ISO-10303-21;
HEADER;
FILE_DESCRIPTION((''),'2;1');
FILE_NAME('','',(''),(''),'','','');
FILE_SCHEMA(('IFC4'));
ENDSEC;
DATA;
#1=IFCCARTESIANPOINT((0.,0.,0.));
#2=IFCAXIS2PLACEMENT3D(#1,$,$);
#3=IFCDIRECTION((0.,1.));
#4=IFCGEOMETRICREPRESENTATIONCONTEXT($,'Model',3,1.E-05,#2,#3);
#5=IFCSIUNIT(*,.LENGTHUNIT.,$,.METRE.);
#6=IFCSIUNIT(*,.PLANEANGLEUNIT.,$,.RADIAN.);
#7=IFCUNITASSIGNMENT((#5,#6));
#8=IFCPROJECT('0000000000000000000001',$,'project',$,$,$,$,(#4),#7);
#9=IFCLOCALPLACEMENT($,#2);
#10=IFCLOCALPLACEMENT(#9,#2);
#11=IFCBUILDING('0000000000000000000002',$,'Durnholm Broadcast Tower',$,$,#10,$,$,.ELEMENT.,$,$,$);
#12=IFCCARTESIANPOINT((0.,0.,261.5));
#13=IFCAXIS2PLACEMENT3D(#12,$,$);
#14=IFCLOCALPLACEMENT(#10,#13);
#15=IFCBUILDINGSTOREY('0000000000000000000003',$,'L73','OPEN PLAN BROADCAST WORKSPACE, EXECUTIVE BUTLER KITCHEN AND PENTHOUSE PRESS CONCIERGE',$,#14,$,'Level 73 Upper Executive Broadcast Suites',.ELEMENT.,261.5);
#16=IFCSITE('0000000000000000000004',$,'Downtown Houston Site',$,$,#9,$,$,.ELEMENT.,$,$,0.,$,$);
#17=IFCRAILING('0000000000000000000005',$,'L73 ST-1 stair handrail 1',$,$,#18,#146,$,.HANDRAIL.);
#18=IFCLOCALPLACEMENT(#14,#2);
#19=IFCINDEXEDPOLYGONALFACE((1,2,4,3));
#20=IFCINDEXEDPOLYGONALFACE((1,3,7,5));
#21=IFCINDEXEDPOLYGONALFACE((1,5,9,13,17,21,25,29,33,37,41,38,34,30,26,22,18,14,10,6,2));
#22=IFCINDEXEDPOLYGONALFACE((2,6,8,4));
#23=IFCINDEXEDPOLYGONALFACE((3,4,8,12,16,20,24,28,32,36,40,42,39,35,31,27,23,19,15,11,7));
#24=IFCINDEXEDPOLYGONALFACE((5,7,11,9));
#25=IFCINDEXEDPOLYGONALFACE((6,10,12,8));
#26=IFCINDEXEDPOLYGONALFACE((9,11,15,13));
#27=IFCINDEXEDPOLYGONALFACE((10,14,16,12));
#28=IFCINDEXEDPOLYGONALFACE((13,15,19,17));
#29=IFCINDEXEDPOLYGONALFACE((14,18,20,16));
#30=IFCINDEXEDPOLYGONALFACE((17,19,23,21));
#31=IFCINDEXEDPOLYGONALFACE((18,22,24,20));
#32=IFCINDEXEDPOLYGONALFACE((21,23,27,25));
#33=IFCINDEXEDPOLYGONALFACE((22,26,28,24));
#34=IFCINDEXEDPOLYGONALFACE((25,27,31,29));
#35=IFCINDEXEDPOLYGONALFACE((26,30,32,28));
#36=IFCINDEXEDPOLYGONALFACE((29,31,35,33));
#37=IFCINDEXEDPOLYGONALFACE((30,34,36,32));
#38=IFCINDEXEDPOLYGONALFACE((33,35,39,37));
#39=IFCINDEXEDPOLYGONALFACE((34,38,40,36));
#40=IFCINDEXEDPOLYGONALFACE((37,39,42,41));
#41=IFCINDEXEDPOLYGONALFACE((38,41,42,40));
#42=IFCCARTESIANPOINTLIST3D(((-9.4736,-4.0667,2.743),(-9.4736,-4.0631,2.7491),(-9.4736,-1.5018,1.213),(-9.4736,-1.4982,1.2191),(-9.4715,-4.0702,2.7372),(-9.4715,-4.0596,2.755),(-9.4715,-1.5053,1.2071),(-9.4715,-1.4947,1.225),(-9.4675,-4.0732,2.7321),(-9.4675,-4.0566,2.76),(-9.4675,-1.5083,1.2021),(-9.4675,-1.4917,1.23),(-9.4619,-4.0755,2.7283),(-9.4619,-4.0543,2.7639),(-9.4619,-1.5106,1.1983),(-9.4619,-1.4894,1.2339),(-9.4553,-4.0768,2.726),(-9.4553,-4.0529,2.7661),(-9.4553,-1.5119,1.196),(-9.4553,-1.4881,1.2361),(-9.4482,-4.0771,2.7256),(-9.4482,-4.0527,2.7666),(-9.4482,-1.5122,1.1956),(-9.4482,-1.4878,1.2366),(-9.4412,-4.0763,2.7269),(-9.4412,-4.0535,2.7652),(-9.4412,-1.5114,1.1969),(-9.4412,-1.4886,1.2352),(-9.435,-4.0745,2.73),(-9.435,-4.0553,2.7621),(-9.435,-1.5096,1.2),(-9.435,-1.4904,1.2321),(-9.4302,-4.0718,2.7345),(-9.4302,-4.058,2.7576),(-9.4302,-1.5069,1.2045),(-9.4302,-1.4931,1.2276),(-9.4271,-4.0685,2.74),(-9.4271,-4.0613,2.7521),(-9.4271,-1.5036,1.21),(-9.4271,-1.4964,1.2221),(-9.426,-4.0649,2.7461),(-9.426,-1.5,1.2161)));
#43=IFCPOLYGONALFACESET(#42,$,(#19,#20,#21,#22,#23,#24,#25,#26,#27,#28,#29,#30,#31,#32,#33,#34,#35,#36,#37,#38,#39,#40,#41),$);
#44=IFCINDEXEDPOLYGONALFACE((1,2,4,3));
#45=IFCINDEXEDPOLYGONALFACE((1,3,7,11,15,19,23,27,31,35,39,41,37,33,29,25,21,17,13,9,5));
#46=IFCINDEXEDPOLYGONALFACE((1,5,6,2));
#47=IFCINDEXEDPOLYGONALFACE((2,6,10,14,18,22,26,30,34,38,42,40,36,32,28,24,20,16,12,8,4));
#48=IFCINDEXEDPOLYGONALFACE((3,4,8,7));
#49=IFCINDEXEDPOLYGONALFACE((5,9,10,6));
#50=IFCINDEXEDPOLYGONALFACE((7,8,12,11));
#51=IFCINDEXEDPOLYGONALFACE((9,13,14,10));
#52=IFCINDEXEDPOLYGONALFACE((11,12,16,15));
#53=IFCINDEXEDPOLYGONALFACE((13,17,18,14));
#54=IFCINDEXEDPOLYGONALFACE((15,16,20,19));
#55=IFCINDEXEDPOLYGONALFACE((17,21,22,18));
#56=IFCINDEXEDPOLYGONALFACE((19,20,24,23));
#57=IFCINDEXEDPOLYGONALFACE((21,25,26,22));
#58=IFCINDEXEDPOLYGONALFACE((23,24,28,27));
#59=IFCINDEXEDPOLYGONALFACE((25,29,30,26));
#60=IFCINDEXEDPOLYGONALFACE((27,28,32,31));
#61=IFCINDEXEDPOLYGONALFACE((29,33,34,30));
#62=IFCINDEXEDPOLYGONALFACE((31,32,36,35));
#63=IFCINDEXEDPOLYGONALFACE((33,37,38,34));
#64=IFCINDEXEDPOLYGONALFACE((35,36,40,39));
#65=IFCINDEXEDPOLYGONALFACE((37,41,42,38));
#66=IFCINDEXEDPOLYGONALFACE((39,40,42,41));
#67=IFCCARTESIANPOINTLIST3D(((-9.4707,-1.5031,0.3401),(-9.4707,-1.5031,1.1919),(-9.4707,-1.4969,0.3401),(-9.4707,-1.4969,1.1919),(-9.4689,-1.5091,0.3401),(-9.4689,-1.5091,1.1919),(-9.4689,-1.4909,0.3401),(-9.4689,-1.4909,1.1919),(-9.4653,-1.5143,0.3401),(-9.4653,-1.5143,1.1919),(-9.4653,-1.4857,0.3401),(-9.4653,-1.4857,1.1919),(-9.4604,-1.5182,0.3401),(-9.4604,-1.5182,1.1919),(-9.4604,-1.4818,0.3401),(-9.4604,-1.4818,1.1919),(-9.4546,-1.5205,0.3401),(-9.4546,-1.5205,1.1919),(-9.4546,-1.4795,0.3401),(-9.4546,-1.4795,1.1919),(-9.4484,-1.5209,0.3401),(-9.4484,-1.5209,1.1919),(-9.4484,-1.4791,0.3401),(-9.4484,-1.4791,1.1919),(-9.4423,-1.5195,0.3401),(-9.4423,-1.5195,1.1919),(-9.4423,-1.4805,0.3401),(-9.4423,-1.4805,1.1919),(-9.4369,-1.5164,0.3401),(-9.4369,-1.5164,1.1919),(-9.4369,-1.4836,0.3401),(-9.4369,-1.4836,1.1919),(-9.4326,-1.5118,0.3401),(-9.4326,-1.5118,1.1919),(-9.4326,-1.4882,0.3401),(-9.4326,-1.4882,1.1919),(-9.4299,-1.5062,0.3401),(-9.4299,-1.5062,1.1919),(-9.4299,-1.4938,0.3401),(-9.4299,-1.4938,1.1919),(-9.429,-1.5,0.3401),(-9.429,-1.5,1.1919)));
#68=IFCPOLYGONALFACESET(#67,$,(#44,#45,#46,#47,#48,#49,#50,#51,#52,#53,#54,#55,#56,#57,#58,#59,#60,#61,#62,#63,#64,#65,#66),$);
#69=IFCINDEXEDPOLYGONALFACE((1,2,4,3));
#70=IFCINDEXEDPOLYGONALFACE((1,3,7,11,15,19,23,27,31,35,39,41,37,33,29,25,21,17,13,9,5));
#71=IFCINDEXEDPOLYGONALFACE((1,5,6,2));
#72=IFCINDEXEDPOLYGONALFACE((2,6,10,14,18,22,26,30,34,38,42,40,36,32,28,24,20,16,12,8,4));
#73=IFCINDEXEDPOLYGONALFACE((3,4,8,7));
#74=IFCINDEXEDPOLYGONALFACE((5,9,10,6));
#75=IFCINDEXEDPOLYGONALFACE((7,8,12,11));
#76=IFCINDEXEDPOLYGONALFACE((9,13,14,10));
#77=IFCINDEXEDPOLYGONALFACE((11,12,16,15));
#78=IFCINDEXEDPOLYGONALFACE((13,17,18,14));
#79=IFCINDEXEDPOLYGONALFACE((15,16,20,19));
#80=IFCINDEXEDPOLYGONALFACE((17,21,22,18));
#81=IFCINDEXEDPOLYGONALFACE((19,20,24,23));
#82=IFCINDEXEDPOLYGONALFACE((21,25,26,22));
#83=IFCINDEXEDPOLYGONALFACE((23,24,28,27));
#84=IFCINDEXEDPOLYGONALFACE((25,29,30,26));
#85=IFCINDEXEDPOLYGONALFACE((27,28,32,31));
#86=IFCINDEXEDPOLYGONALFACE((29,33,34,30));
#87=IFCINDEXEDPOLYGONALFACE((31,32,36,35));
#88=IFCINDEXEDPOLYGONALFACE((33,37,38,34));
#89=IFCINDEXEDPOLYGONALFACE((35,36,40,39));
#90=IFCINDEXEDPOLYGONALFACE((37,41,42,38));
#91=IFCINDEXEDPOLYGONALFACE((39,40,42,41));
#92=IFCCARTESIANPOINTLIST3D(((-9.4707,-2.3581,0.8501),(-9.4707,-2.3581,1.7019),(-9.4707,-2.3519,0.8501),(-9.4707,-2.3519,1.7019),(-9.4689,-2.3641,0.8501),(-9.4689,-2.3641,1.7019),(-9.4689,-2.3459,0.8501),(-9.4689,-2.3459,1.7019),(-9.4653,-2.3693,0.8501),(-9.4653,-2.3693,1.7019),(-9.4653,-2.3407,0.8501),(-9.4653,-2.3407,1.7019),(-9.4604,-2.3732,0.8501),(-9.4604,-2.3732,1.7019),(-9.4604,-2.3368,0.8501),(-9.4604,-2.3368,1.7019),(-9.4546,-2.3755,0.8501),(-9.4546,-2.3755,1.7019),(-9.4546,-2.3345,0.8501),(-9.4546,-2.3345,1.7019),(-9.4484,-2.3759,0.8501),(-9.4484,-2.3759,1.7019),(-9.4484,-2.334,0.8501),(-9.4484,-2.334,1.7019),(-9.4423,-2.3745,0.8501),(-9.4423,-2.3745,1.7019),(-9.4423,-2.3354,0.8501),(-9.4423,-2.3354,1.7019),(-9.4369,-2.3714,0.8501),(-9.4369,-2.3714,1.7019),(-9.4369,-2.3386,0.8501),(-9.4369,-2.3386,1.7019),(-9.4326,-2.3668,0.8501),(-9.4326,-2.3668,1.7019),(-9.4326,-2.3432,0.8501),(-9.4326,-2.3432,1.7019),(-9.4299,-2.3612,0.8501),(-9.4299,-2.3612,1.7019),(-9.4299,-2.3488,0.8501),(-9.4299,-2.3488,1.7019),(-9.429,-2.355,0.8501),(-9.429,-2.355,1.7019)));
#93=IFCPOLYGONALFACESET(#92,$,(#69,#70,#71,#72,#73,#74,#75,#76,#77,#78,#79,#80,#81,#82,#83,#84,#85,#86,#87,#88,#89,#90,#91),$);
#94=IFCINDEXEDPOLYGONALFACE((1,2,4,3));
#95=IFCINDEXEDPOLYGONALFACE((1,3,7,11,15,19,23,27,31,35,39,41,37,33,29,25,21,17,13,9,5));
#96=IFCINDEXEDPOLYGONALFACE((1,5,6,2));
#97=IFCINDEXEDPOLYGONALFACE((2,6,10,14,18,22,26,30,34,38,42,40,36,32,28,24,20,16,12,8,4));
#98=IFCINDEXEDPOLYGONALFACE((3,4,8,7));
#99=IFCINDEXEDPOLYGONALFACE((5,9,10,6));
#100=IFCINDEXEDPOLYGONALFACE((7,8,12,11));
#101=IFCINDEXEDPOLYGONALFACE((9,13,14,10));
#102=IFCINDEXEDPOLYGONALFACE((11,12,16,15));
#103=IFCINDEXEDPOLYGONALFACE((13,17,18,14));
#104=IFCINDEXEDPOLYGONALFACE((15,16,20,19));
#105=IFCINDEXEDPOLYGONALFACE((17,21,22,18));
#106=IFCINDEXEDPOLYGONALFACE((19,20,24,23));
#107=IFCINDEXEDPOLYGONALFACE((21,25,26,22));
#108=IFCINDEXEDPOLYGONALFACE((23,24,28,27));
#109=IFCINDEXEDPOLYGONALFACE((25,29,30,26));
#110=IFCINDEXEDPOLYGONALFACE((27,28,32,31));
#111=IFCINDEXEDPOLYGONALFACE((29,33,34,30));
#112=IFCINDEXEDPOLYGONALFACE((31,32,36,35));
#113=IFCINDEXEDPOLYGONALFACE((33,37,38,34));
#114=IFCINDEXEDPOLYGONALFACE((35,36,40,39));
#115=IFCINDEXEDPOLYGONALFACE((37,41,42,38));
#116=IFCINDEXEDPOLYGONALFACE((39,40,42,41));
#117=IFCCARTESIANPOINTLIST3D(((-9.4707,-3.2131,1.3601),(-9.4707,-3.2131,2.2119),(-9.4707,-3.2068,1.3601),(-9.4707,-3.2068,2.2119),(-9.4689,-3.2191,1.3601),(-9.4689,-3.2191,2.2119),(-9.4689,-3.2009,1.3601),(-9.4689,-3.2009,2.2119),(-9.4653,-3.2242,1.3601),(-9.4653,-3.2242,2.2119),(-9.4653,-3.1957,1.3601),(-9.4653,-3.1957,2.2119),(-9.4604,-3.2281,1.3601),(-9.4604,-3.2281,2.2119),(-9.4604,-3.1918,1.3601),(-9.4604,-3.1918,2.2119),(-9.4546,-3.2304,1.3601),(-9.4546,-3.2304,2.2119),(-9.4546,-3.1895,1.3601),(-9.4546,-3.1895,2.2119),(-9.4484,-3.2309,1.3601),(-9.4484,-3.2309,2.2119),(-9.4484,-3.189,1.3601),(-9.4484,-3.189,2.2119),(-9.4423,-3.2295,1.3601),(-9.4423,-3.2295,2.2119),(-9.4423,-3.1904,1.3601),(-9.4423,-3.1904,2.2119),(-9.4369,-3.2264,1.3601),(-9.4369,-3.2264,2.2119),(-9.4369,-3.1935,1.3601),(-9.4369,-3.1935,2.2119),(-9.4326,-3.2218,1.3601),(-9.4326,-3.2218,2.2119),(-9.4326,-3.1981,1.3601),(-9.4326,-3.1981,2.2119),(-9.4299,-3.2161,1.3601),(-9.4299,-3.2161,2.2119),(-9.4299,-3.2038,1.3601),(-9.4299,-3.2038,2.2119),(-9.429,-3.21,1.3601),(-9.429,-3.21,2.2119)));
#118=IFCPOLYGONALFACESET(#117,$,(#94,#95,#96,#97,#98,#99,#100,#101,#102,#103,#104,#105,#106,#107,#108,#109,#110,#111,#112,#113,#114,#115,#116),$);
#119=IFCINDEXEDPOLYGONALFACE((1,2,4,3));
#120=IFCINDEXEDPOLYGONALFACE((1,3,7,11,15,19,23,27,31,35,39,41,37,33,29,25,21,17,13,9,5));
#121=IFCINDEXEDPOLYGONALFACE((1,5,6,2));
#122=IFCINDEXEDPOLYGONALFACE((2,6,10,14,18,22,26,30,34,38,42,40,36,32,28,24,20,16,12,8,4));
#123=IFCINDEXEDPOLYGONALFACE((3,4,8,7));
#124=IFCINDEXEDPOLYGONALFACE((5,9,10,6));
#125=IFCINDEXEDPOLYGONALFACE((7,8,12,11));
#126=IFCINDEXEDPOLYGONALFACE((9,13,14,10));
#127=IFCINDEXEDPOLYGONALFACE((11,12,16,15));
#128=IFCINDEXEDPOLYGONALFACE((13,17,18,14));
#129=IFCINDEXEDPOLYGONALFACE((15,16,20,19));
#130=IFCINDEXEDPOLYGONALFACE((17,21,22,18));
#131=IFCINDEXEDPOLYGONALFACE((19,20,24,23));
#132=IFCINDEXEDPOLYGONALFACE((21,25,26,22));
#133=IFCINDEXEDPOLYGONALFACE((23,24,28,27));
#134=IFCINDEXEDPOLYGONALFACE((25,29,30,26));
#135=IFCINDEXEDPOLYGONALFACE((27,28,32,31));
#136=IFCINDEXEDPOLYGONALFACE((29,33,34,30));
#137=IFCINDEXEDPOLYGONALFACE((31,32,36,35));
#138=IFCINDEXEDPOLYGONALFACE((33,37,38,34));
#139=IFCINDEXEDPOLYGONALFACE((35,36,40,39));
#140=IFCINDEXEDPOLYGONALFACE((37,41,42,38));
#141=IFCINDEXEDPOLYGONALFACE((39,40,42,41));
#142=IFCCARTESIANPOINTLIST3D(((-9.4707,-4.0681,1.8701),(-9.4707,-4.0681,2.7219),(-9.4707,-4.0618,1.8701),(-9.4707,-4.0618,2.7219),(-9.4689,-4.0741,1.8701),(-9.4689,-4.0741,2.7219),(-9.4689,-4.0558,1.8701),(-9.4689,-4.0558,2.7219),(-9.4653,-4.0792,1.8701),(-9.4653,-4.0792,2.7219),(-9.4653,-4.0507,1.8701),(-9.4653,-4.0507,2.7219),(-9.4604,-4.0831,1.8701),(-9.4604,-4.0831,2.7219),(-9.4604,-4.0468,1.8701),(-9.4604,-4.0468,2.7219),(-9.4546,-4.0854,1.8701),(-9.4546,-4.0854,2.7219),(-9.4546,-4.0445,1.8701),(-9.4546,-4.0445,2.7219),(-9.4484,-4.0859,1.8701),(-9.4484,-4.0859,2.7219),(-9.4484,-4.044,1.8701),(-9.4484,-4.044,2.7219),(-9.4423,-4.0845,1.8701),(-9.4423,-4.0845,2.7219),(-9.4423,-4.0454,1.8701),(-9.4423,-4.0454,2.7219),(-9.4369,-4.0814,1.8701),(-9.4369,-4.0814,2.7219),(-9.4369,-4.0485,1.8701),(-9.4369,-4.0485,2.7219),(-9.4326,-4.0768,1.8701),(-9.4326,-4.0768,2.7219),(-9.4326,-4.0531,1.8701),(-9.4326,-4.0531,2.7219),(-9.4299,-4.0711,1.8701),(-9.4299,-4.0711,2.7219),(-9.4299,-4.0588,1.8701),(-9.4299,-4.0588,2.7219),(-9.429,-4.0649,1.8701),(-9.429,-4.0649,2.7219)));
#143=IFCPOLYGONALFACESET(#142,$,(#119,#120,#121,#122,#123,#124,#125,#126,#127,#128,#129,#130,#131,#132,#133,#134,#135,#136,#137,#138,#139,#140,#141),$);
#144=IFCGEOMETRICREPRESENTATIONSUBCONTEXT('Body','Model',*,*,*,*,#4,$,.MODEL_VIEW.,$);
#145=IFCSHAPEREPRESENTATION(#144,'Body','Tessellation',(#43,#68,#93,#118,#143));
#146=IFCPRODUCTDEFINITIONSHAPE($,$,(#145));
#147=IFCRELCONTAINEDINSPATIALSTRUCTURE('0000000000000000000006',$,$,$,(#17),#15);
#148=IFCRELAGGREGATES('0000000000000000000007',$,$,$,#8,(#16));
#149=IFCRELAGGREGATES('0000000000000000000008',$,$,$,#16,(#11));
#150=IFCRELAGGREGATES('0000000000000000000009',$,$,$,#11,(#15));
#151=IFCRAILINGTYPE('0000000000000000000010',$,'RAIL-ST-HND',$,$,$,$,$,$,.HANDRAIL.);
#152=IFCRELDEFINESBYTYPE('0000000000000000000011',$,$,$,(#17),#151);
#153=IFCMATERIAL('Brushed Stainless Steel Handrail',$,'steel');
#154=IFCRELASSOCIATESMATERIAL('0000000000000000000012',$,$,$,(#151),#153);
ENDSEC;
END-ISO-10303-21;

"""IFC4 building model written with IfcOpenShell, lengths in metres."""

from ifc_helpers import new_model, si_unit, direction, frame, origin, origin_2d, place, context, subcontext, project, spatial, circle, extrude, material, type_object, element, save


model = new_model("IFC4")

# Units and contexts
model_context = context("Model", 3, precision=1e-05, world=origin(), true_north=direction((0.0, 1.0)))
body_context = subcontext(model_context, "Body", "Model", "MODEL_VIEW")
ifc_project = project(units=[si_unit("LENGTHUNIT", "METRE"), si_unit("PLANEANGLEUNIT", "RADIAN")], contexts=[model_context])

# Site, building, storey
site_placement = place(None, origin())
site = spatial("IfcSite", under=ifc_project, at=site_placement, Name="Downtown Houston Site", CompositionType="ELEMENT", RefElevation=0.0)
building_placement = place(site_placement, origin())
building = spatial("IfcBuilding", under=site, at=building_placement, Name="Durnholm Broadcast Tower", CompositionType="ELEMENT")
storey_placement = place(building_placement, frame((0.0, 0.0, 261.5)))
storey = spatial("IfcBuildingStorey", under=building, at=storey_placement, Name="L73", Description="OPEN PLAN BROADCAST WORKSPACE, EXECUTIVE BUTLER KITCHEN AND PENTHOUSE PRESS CONCIERGE", LongName="Level 73 Upper Executive Broadcast Suites", CompositionType="ELEMENT", Elevation=261.5)

# Railing
ifc_material_1 = material(Name="Brushed Stainless Steel Handrail", Category="steel")
railing_type_1 = type_object("IfcRailingType", Name="RAIL-ST-HND", PredefinedType="HANDRAIL", material=ifc_material_1)
railing_1_placement = place(storey_placement, frame((-9.45, -1.5, 0.3401)))
element("IfcRailing", 1, at=railing_1_placement, inside=storey, type_object=railing_type_1, Name="L73 ST-1 stair handrail 1", PredefinedType="HANDRAIL", context=body_context, shape_type="SweptSolid", body=[
    extrude(circle(Radius=0.0239, at=origin_2d()), frame((0.0, 0.0, 0.876), z_axis=(0.0, -0.85881, 0.512294), x_axis=(1.0, 0.0, 0.0)), (0.0, 0.0, 1.0), 2.9866),
    extrude(circle(Radius=0.021, at=origin_2d()), origin(), (0.0, 0.0, 1.0), 0.8518),
    extrude(circle(Radius=0.021, at=origin_2d()), frame((0.0, -0.855, 0.51)), (0.0, 0.0, 1.0), 0.8518),
    extrude(circle(Radius=0.021, at=origin_2d()), frame((0.0, -1.71, 1.02)), (0.0, 0.0, 1.0), 0.8518),
    extrude(circle(Radius=0.021, at=origin_2d()), frame((0.0, -2.5649, 1.53)), (0.0, 0.0, 1.0), 0.8518),
])

save(model, "model.ifc")
